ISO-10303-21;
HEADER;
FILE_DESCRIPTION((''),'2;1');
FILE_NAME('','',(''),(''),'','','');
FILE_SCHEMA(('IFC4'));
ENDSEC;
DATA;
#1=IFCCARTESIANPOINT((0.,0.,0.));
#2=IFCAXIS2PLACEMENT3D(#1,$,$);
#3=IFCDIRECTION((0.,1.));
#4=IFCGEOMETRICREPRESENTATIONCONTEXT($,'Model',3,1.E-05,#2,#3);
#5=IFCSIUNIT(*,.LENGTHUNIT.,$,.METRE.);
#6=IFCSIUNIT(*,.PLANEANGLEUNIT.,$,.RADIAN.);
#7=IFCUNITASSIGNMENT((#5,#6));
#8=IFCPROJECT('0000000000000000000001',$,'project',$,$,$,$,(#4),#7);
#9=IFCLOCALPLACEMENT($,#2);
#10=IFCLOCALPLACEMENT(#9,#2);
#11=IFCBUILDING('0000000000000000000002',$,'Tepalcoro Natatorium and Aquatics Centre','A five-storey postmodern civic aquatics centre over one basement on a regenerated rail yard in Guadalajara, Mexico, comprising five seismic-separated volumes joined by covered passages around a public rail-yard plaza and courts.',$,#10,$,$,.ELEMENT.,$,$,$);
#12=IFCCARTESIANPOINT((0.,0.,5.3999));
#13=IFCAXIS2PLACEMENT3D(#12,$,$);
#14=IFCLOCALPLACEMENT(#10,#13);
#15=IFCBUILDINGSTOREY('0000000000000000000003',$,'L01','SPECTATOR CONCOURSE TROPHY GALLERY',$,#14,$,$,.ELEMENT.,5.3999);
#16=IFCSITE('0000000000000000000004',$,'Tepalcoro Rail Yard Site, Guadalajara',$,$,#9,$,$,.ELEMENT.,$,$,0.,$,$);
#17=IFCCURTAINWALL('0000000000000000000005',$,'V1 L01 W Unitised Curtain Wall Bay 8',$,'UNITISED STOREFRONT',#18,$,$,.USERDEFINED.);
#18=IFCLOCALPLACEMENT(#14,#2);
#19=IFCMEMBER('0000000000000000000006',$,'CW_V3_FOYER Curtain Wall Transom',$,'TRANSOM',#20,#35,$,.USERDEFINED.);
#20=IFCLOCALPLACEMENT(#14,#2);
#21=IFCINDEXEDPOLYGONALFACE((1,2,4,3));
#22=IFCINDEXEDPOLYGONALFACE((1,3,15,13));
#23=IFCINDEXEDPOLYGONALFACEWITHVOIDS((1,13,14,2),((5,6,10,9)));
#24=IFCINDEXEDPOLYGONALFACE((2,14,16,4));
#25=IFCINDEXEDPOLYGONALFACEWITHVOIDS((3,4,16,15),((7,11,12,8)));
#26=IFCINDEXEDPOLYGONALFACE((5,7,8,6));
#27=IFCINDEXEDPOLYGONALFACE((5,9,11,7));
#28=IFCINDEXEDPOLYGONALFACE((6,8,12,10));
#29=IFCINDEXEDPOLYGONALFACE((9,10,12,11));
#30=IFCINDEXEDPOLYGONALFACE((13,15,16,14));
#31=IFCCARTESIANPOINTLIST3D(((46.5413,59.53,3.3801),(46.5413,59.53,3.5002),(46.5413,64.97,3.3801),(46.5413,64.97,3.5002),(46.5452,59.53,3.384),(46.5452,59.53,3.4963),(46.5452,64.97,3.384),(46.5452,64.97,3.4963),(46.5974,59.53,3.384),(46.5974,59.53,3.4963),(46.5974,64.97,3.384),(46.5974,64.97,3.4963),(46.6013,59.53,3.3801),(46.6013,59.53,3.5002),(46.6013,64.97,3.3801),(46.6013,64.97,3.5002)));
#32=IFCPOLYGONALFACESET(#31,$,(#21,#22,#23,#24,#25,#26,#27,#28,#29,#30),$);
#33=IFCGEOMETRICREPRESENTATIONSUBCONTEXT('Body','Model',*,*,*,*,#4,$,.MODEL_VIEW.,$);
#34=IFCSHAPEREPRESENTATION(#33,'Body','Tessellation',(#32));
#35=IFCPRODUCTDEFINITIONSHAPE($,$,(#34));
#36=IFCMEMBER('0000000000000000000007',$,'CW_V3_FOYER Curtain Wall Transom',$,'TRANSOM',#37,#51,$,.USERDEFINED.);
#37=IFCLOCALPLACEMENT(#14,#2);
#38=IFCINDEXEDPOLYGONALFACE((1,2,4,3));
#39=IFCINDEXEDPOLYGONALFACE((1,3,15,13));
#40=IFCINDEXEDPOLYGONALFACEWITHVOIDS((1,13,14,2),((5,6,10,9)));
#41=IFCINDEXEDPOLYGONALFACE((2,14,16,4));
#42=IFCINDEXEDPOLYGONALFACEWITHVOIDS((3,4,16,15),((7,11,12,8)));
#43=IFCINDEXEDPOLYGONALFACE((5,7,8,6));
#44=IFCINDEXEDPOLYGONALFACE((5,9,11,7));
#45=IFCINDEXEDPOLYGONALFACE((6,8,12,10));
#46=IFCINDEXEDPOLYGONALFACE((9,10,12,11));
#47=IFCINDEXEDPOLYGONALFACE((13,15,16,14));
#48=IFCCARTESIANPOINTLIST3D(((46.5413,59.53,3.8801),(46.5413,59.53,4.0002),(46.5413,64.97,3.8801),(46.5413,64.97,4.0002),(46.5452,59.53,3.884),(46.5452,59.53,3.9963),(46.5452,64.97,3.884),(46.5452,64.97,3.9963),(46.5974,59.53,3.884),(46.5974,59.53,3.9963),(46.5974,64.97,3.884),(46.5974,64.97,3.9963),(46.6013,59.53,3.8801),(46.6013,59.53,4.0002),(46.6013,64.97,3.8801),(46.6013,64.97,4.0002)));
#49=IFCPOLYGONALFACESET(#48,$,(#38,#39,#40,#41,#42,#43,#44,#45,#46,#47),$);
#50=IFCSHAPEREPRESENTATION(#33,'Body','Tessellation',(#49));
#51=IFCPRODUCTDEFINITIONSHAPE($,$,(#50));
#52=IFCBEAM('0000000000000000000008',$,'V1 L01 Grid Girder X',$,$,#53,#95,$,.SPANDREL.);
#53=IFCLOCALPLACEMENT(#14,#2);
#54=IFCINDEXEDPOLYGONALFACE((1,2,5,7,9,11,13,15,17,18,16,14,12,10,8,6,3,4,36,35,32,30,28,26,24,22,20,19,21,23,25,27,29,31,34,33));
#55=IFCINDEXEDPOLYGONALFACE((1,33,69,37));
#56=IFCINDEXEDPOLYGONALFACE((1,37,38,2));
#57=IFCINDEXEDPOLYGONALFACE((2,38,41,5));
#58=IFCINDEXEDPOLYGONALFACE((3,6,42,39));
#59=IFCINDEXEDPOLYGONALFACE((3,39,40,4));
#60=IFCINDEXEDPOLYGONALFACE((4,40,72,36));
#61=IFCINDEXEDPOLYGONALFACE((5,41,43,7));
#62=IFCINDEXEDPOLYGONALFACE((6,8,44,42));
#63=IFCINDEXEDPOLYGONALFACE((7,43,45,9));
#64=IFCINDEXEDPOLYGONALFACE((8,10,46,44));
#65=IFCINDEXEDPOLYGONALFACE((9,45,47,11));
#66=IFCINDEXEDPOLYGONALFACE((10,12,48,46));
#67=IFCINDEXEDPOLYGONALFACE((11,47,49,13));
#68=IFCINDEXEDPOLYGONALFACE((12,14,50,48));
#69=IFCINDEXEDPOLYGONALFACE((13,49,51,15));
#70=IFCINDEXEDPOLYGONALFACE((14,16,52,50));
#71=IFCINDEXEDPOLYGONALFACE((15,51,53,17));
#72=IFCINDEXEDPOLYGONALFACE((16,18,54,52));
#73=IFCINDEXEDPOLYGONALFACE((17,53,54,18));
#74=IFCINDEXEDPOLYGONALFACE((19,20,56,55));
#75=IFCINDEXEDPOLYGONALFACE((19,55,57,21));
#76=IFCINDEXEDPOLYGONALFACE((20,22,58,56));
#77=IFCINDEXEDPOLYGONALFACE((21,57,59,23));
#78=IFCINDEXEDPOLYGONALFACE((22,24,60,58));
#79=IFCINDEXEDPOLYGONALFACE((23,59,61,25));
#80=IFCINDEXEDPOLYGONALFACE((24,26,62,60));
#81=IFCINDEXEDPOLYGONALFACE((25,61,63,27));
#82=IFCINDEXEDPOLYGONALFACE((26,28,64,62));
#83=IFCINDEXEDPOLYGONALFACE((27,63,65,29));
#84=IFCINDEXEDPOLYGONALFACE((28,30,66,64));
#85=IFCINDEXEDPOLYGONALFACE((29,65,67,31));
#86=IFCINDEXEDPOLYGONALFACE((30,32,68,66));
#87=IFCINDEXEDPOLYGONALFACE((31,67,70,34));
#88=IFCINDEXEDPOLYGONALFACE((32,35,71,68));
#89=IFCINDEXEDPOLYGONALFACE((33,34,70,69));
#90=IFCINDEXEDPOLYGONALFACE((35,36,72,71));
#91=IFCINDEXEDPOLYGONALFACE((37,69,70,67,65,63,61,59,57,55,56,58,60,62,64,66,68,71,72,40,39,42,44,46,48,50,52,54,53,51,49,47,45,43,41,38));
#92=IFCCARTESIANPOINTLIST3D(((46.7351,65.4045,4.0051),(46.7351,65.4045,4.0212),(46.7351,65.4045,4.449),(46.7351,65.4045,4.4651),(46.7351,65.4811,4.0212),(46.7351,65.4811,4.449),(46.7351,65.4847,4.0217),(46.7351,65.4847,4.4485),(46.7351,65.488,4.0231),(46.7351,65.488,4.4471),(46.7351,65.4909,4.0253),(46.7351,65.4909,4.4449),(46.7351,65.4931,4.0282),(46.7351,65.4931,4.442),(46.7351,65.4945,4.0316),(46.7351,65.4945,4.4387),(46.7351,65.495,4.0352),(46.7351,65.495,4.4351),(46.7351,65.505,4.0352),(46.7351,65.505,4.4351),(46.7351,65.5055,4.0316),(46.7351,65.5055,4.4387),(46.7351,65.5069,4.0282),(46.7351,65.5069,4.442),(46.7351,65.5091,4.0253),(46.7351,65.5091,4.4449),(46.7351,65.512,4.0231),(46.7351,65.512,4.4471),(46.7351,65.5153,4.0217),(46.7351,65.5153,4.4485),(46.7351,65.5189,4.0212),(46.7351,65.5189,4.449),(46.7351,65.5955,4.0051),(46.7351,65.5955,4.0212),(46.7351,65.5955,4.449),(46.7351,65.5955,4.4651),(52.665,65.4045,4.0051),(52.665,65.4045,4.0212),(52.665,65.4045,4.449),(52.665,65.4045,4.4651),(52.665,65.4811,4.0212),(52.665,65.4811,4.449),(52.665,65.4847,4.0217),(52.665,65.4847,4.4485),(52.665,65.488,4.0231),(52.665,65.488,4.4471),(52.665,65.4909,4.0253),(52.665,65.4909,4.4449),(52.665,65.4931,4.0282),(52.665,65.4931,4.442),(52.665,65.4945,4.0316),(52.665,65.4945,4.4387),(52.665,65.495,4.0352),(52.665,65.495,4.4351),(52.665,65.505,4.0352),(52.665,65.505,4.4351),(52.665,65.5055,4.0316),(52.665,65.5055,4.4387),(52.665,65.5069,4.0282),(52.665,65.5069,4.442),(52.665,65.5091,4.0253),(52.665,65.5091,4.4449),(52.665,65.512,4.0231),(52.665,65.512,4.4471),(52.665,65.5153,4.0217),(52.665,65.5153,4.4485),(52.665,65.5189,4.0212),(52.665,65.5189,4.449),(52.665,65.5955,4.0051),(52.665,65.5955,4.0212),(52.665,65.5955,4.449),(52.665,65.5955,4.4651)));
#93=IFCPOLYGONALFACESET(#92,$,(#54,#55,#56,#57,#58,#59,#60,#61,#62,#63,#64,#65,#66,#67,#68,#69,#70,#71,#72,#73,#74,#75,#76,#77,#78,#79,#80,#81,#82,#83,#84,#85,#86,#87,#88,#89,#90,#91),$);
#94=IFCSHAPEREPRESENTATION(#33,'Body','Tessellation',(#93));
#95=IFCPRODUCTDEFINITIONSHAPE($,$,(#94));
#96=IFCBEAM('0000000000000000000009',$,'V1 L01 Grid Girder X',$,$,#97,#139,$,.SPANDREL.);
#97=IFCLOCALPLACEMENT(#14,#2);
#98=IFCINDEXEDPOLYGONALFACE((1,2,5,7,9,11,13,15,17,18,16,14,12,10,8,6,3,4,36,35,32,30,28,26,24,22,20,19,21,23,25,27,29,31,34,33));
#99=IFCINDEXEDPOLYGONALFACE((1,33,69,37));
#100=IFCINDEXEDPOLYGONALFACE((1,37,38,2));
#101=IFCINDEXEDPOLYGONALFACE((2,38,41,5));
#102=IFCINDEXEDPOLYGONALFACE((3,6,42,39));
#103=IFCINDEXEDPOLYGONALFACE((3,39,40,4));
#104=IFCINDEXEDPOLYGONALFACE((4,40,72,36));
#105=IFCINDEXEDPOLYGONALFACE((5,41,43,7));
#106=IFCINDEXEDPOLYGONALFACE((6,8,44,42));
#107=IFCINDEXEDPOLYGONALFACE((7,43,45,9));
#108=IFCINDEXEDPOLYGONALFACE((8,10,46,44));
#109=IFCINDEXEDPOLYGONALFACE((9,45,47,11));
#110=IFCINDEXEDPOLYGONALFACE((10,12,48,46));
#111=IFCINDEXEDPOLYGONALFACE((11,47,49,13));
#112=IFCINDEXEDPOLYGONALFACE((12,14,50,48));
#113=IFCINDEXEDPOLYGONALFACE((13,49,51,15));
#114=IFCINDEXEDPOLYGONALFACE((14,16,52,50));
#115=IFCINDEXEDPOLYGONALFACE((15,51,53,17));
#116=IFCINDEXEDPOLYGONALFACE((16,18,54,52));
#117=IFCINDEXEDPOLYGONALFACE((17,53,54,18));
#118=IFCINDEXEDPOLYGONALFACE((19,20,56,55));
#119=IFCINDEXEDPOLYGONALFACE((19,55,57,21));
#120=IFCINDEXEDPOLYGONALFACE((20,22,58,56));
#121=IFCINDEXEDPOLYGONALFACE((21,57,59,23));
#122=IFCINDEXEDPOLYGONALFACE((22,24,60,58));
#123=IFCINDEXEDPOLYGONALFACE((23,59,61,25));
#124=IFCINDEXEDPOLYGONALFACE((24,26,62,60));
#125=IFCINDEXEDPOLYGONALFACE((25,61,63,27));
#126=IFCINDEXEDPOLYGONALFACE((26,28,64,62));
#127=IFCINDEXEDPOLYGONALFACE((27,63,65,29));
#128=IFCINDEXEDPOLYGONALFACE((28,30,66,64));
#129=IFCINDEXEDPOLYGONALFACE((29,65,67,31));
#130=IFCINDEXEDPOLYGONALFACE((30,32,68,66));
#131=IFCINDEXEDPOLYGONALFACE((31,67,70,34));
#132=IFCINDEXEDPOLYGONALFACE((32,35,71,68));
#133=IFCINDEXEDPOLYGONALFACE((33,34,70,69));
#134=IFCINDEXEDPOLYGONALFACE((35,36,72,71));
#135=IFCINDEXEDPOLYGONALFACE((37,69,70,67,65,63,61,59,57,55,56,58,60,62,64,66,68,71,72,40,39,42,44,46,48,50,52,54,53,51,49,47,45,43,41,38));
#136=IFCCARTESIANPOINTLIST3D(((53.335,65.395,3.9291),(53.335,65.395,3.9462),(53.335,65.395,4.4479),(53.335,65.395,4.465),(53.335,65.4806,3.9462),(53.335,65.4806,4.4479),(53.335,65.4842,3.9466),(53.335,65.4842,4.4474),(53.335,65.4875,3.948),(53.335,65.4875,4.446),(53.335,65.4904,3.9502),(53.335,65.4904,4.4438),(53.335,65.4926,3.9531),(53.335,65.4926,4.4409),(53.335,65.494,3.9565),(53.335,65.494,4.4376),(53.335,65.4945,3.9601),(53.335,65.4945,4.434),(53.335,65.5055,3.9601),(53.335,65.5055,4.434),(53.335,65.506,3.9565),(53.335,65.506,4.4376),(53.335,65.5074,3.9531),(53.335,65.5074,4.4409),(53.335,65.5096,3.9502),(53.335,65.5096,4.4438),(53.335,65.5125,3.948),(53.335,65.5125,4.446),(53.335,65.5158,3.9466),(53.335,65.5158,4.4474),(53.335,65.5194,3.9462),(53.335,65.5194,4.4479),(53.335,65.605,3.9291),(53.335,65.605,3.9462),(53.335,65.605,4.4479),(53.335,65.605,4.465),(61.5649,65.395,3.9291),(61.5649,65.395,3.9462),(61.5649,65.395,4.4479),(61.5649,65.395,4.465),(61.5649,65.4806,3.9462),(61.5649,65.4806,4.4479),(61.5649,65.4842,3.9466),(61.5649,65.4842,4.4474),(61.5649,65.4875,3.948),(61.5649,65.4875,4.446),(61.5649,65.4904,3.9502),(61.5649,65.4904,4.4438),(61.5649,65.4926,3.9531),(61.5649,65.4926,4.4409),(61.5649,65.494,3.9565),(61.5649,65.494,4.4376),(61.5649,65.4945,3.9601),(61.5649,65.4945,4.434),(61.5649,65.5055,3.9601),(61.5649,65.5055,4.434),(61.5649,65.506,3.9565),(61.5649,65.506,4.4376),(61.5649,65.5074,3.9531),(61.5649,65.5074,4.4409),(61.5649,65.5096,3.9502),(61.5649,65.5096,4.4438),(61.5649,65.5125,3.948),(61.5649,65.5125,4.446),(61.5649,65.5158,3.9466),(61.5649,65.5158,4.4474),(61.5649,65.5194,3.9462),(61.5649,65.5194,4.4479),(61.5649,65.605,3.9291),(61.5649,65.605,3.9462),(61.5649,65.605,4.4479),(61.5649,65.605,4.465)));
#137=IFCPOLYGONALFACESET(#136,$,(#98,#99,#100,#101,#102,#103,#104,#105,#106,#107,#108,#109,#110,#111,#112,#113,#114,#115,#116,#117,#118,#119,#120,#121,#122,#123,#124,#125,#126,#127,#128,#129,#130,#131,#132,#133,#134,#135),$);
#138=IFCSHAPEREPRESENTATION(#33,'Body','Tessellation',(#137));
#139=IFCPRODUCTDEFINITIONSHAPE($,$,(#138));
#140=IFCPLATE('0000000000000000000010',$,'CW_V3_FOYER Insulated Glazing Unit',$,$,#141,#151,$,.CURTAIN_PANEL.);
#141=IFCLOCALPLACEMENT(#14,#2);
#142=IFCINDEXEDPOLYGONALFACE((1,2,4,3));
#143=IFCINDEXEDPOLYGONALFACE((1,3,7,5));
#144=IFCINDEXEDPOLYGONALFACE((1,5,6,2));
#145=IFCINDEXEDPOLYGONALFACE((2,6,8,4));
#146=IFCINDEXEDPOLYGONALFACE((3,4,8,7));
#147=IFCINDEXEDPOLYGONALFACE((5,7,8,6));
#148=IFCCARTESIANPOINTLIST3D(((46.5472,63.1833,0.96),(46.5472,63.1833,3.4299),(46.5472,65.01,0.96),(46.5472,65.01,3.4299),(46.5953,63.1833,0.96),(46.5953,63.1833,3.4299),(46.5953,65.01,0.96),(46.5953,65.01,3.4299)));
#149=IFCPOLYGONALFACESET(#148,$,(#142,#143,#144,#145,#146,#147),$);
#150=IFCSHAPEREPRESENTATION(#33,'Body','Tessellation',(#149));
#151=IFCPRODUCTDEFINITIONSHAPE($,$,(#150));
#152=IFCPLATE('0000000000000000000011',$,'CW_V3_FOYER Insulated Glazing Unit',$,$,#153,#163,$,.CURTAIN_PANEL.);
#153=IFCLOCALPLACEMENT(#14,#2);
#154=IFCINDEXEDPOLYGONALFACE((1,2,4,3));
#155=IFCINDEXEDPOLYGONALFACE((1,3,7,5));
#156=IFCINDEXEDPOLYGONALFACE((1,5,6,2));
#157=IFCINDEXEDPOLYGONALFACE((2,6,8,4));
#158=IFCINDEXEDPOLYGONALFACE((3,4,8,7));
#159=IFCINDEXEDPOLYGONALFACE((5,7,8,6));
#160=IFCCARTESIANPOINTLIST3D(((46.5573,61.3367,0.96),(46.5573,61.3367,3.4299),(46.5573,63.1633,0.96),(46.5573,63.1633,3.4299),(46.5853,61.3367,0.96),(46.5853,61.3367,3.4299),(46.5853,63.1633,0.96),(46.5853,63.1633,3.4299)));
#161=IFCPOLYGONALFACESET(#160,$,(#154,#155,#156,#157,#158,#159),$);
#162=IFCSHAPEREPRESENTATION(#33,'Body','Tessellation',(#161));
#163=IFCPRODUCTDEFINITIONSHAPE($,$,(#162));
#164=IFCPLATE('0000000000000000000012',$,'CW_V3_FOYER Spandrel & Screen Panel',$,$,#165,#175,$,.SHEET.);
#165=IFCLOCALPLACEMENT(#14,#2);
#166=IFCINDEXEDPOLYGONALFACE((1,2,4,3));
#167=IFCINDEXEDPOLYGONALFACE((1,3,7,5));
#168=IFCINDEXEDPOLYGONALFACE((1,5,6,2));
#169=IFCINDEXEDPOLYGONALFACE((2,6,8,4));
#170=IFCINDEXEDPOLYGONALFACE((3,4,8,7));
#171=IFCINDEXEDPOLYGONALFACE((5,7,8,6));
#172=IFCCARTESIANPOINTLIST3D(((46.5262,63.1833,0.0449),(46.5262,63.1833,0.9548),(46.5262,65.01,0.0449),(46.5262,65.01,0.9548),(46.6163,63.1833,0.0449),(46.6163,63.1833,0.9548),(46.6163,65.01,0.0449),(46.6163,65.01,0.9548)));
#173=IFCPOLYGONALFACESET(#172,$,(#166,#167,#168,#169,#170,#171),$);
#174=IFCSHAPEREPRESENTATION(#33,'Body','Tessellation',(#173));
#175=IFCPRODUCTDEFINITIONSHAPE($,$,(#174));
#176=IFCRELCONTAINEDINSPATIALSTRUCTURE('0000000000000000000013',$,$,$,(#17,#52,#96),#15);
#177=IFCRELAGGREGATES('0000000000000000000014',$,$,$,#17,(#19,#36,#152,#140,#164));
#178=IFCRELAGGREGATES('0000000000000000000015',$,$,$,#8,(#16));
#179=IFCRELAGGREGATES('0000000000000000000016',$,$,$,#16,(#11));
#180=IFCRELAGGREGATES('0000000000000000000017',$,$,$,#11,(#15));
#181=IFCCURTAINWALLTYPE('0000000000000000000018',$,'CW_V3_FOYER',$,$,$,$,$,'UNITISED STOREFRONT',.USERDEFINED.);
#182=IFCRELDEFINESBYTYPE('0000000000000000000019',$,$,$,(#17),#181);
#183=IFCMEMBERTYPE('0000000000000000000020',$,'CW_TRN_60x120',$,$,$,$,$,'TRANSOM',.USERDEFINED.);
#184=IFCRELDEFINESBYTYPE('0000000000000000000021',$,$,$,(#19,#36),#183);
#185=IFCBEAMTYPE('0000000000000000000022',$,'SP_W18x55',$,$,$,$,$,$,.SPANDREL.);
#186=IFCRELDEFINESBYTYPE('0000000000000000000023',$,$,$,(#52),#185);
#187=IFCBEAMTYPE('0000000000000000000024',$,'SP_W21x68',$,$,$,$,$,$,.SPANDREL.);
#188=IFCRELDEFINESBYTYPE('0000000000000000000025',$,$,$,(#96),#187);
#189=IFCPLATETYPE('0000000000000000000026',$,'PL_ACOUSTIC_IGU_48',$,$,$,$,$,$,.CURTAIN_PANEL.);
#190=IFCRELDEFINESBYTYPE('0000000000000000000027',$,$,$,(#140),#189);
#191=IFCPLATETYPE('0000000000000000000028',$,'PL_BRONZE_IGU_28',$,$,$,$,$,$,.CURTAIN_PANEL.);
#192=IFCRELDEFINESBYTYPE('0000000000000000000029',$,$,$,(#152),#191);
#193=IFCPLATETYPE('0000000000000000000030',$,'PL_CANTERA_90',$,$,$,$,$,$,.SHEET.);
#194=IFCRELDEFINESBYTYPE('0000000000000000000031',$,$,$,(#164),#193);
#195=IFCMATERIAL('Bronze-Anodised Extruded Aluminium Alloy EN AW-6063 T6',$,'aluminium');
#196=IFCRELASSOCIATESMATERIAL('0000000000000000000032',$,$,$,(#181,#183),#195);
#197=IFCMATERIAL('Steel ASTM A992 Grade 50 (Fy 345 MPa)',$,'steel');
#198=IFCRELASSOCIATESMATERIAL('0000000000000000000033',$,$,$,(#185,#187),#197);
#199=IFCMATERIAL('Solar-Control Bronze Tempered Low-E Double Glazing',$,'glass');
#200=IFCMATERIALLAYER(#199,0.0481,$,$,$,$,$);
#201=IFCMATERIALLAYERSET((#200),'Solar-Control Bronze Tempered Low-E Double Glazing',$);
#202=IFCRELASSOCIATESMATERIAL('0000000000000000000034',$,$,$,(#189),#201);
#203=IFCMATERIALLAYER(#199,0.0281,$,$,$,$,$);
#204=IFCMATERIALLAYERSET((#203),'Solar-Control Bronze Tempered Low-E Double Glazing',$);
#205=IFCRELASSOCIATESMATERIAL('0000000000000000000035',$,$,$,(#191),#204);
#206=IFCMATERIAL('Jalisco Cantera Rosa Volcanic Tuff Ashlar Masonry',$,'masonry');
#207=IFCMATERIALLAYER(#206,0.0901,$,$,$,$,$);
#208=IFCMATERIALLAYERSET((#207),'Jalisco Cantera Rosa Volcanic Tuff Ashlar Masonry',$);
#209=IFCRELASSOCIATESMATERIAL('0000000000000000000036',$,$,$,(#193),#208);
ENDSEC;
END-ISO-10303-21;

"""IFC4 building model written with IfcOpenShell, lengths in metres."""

from ifc_helpers import new_model, si_unit, direction, frame, origin, origin_2d, place, context, subcontext, project, spatial, rectangle, hollow_rectangle, i_section, extrude, material, layer, layer_set, material_profile, profile_set, type_object, element, aggregate, save


model = new_model("IFC4")

# Units and contexts
model_context = context("Model", 3, precision=1e-05, world=origin(), true_north=direction((0.0, 1.0)))
body_context = subcontext(model_context, "Body", "Model", "MODEL_VIEW")
ifc_project = project(units=[si_unit("LENGTHUNIT", "METRE"), si_unit("PLANEANGLEUNIT", "RADIAN")], contexts=[model_context])

# Site, building, storey
site_placement = place(None, origin())
site = spatial("IfcSite", under=ifc_project, at=site_placement, Name="Tepalcoro Rail Yard Site, Guadalajara", CompositionType="ELEMENT", RefElevation=0.0)
building_placement = place(site_placement, origin())
building = spatial("IfcBuilding", under=site, at=building_placement, Name="Tepalcoro Natatorium and Aquatics Centre", Description="A five-storey postmodern civic aquatics centre over one basement on a regenerated rail yard in Guadalajara, Mexico, comprising five seismic-separated volumes joined by covered passages around a public rail-yard plaza and courts.", CompositionType="ELEMENT")
storey_placement = place(building_placement, frame((0.0, 0.0, 5.3999)))
storey = spatial("IfcBuildingStorey", under=building, at=storey_placement, Name="L01", Description="SPECTATOR CONCOURSE TROPHY GALLERY", CompositionType="ELEMENT", Elevation=5.3999)

# Curtain wall
ifc_material_1 = material(Name="Bronze-Anodised Extruded Aluminium Alloy EN AW-6063 T6", Category="aluminium")
curtain_wall_type_1 = type_object("IfcCurtainWallType", Name="CW_V3_FOYER", ElementType="UNITISED STOREFRONT", PredefinedType="USERDEFINED", material=ifc_material_1)
curtain_wall_1_placement = place(storey_placement, origin())
curtain_wall_1 = element("IfcCurtainWall", 1, at=curtain_wall_1_placement, inside=storey, type_object=curtain_wall_type_1, Name="V1 L01 W Unitised Curtain Wall Bay 8", ObjectType="UNITISED STOREFRONT", PredefinedType="USERDEFINED")

# Members
ifc_material_profile_1 = material_profile(ifc_material_1, hollow_rectangle(XDim=0.0601, YDim=0.1201, WallThickness=0.0039, at=origin_2d()), Name="AL60X120X4")
ifc_profile_set_1 = profile_set([ifc_material_profile_1], Name="Bronze-Anodised Extruded Aluminium Alloy EN AW-6063 T6")
member_type_1 = type_object("IfcMemberType", Name="CW_TRN_60x120", ElementType="TRANSOM", PredefinedType="USERDEFINED", material=ifc_profile_set_1)
member_1_placement = place(storey_placement, frame((46.5713, 59.53, 3.4402), z_axis=(0.0, 1.0, 0.0), x_axis=(-1.0, 0.0, 0.0)))
member_1 = element("IfcMember", 2, at=member_1_placement, type_object=member_type_1, Name="CW_V3_FOYER Curtain Wall Transom", ObjectType="TRANSOM", PredefinedType="USERDEFINED", context=body_context, shape_type="SweptSolid", body=[
    extrude(hollow_rectangle(XDim=0.0601, YDim=0.1201, WallThickness=0.0039, at=origin_2d()), origin(), (0.0, 0.0, 1.0), 5.4399),
])
member_2_placement = place(storey_placement, frame((46.5713, 59.53, 3.9402), z_axis=(0.0, 1.0, 0.0), x_axis=(-1.0, 0.0, 0.0)))
member_2 = element("IfcMember", 3, at=member_2_placement, type_object=member_type_1, Name="CW_V3_FOYER Curtain Wall Transom", ObjectType="TRANSOM", PredefinedType="USERDEFINED", context=body_context, shape_type="SweptSolid", body=[
    extrude(hollow_rectangle(XDim=0.0601, YDim=0.1201, WallThickness=0.0039, at=origin_2d()), origin(), (0.0, 0.0, 1.0), 5.4399),
])

# Beams
ifc_material_2 = material(Name="Steel ASTM A992 Grade 50 (Fy 345 MPa)", Category="steel")
ifc_material_profile_2 = material_profile(ifc_material_2, i_section(OverallWidth=0.1909, OverallDepth=0.46, WebThickness=0.01, FlangeThickness=0.0161, FilletRadius=0.0139, at=origin_2d()), Name="W18X55")
ifc_profile_set_2 = profile_set([ifc_material_profile_2], Name="Steel ASTM A992 Grade 50 (Fy 345 MPa)")
beam_type_1 = type_object("IfcBeamType", Name="SP_W18x55", PredefinedType="SPANDREL", material=ifc_profile_set_2)
beam_1_placement = place(storey_placement, frame((46.7351, 65.5, 4.2351), z_axis=(1.0, 0.0, 0.0), x_axis=(0.0, 1.0, 0.0)))
element("IfcBeam", 4, at=beam_1_placement, inside=storey, type_object=beam_type_1, Name="V1 L01 Grid Girder X", PredefinedType="SPANDREL", context=body_context, shape_type="SweptSolid", body=[
    extrude(i_section(OverallWidth=0.1909, OverallDepth=0.46, WebThickness=0.01, FlangeThickness=0.0161, FilletRadius=0.0139, at=origin_2d()), origin(), (0.0, 0.0, 1.0), 5.9299),
])
ifc_material_profile_3 = material_profile(ifc_material_2, i_section(OverallWidth=0.21, OverallDepth=0.5359, WebThickness=0.011, FlangeThickness=0.0171, FilletRadius=0.0139, at=origin_2d()), Name="W21X68")
ifc_profile_set_3 = profile_set([ifc_material_profile_3], Name="Steel ASTM A992 Grade 50 (Fy 345 MPa)")
beam_type_2 = type_object("IfcBeamType", Name="SP_W21x68", PredefinedType="SPANDREL", material=ifc_profile_set_3)
beam_2_placement = place(storey_placement, frame((53.335, 65.5, 4.197), z_axis=(1.0, 0.0, 0.0), x_axis=(0.0, 1.0, 0.0)))
element("IfcBeam", 5, at=beam_2_placement, inside=storey, type_object=beam_type_2, Name="V1 L01 Grid Girder X", PredefinedType="SPANDREL", context=body_context, shape_type="SweptSolid", body=[
    extrude(i_section(OverallWidth=0.21, OverallDepth=0.5359, WebThickness=0.011, FlangeThickness=0.0171, FilletRadius=0.0139, at=origin_2d()), origin(), (0.0, 0.0, 1.0), 8.23),
])

# Plates
ifc_material_3 = material(Name="Solar-Control Bronze Tempered Low-E Double Glazing", Category="glass")
ifc_layer_1 = layer(ifc_material_3, 0.0481)
ifc_layer_set_1 = layer_set([ifc_layer_1], Name="Solar-Control Bronze Tempered Low-E Double Glazing")
plate_type_1 = type_object("IfcPlateType", Name="PL_ACOUSTIC_IGU_48", PredefinedType="CURTAIN_PANEL", material=ifc_layer_set_1)
plate_1_placement = place(storey_placement, frame((46.5713, 64.0967, 0.96), z_axis=(0.0, 0.0, 1.0), x_axis=(1.0, 0.0, 0.0)))
plate_1 = element("IfcPlate", 6, at=plate_1_placement, type_object=plate_type_1, Name="CW_V3_FOYER Insulated Glazing Unit", PredefinedType="CURTAIN_PANEL", context=body_context, shape_type="SweptSolid", body=[
    extrude(rectangle(XDim=0.0481, YDim=1.8267, at=origin_2d()), origin(), (0.0, 0.0, 1.0), 2.47),
])
ifc_layer_2 = layer(ifc_material_3, 0.0281)
ifc_layer_set_2 = layer_set([ifc_layer_2], Name="Solar-Control Bronze Tempered Low-E Double Glazing")
plate_type_2 = type_object("IfcPlateType", Name="PL_BRONZE_IGU_28", PredefinedType="CURTAIN_PANEL", material=ifc_layer_set_2)
plate_2_placement = place(storey_placement, frame((46.5713, 62.25, 0.96), z_axis=(0.0, 0.0, 1.0), x_axis=(1.0, 0.0, 0.0)))
plate_2 = element("IfcPlate", 7, at=plate_2_placement, type_object=plate_type_2, Name="CW_V3_FOYER Insulated Glazing Unit", PredefinedType="CURTAIN_PANEL", context=body_context, shape_type="SweptSolid", body=[
    extrude(rectangle(XDim=0.0281, YDim=1.8267, at=origin_2d()), origin(), (0.0, 0.0, 1.0), 2.47),
])
ifc_material_4 = material(Name="Jalisco Cantera Rosa Volcanic Tuff Ashlar Masonry", Category="masonry")
ifc_layer_3 = layer(ifc_material_4, 0.0901)
ifc_layer_set_3 = layer_set([ifc_layer_3], Name="Jalisco Cantera Rosa Volcanic Tuff Ashlar Masonry")
plate_type_3 = type_object("IfcPlateType", Name="PL_CANTERA_90", PredefinedType="SHEET", material=ifc_layer_set_3)
plate_3_placement = place(storey_placement, frame((46.5713, 64.0967, 0.0449), z_axis=(0.0, 0.0, 1.0), x_axis=(1.0, 0.0, 0.0)))
plate_3 = element("IfcPlate", 8, at=plate_3_placement, type_object=plate_type_3, Name="CW_V3_FOYER Spandrel & Screen Panel", PredefinedType="SHEET", context=body_context, shape_type="SweptSolid", body=[
    extrude(rectangle(XDim=0.0901, YDim=1.8267, at=origin_2d()), origin(), (0.0, 0.0, 1.0), 0.9099),
])
aggregate(curtain_wall_1, [member_1, member_2, plate_2, plate_1, plate_3])

save(model, "model.ifc")
